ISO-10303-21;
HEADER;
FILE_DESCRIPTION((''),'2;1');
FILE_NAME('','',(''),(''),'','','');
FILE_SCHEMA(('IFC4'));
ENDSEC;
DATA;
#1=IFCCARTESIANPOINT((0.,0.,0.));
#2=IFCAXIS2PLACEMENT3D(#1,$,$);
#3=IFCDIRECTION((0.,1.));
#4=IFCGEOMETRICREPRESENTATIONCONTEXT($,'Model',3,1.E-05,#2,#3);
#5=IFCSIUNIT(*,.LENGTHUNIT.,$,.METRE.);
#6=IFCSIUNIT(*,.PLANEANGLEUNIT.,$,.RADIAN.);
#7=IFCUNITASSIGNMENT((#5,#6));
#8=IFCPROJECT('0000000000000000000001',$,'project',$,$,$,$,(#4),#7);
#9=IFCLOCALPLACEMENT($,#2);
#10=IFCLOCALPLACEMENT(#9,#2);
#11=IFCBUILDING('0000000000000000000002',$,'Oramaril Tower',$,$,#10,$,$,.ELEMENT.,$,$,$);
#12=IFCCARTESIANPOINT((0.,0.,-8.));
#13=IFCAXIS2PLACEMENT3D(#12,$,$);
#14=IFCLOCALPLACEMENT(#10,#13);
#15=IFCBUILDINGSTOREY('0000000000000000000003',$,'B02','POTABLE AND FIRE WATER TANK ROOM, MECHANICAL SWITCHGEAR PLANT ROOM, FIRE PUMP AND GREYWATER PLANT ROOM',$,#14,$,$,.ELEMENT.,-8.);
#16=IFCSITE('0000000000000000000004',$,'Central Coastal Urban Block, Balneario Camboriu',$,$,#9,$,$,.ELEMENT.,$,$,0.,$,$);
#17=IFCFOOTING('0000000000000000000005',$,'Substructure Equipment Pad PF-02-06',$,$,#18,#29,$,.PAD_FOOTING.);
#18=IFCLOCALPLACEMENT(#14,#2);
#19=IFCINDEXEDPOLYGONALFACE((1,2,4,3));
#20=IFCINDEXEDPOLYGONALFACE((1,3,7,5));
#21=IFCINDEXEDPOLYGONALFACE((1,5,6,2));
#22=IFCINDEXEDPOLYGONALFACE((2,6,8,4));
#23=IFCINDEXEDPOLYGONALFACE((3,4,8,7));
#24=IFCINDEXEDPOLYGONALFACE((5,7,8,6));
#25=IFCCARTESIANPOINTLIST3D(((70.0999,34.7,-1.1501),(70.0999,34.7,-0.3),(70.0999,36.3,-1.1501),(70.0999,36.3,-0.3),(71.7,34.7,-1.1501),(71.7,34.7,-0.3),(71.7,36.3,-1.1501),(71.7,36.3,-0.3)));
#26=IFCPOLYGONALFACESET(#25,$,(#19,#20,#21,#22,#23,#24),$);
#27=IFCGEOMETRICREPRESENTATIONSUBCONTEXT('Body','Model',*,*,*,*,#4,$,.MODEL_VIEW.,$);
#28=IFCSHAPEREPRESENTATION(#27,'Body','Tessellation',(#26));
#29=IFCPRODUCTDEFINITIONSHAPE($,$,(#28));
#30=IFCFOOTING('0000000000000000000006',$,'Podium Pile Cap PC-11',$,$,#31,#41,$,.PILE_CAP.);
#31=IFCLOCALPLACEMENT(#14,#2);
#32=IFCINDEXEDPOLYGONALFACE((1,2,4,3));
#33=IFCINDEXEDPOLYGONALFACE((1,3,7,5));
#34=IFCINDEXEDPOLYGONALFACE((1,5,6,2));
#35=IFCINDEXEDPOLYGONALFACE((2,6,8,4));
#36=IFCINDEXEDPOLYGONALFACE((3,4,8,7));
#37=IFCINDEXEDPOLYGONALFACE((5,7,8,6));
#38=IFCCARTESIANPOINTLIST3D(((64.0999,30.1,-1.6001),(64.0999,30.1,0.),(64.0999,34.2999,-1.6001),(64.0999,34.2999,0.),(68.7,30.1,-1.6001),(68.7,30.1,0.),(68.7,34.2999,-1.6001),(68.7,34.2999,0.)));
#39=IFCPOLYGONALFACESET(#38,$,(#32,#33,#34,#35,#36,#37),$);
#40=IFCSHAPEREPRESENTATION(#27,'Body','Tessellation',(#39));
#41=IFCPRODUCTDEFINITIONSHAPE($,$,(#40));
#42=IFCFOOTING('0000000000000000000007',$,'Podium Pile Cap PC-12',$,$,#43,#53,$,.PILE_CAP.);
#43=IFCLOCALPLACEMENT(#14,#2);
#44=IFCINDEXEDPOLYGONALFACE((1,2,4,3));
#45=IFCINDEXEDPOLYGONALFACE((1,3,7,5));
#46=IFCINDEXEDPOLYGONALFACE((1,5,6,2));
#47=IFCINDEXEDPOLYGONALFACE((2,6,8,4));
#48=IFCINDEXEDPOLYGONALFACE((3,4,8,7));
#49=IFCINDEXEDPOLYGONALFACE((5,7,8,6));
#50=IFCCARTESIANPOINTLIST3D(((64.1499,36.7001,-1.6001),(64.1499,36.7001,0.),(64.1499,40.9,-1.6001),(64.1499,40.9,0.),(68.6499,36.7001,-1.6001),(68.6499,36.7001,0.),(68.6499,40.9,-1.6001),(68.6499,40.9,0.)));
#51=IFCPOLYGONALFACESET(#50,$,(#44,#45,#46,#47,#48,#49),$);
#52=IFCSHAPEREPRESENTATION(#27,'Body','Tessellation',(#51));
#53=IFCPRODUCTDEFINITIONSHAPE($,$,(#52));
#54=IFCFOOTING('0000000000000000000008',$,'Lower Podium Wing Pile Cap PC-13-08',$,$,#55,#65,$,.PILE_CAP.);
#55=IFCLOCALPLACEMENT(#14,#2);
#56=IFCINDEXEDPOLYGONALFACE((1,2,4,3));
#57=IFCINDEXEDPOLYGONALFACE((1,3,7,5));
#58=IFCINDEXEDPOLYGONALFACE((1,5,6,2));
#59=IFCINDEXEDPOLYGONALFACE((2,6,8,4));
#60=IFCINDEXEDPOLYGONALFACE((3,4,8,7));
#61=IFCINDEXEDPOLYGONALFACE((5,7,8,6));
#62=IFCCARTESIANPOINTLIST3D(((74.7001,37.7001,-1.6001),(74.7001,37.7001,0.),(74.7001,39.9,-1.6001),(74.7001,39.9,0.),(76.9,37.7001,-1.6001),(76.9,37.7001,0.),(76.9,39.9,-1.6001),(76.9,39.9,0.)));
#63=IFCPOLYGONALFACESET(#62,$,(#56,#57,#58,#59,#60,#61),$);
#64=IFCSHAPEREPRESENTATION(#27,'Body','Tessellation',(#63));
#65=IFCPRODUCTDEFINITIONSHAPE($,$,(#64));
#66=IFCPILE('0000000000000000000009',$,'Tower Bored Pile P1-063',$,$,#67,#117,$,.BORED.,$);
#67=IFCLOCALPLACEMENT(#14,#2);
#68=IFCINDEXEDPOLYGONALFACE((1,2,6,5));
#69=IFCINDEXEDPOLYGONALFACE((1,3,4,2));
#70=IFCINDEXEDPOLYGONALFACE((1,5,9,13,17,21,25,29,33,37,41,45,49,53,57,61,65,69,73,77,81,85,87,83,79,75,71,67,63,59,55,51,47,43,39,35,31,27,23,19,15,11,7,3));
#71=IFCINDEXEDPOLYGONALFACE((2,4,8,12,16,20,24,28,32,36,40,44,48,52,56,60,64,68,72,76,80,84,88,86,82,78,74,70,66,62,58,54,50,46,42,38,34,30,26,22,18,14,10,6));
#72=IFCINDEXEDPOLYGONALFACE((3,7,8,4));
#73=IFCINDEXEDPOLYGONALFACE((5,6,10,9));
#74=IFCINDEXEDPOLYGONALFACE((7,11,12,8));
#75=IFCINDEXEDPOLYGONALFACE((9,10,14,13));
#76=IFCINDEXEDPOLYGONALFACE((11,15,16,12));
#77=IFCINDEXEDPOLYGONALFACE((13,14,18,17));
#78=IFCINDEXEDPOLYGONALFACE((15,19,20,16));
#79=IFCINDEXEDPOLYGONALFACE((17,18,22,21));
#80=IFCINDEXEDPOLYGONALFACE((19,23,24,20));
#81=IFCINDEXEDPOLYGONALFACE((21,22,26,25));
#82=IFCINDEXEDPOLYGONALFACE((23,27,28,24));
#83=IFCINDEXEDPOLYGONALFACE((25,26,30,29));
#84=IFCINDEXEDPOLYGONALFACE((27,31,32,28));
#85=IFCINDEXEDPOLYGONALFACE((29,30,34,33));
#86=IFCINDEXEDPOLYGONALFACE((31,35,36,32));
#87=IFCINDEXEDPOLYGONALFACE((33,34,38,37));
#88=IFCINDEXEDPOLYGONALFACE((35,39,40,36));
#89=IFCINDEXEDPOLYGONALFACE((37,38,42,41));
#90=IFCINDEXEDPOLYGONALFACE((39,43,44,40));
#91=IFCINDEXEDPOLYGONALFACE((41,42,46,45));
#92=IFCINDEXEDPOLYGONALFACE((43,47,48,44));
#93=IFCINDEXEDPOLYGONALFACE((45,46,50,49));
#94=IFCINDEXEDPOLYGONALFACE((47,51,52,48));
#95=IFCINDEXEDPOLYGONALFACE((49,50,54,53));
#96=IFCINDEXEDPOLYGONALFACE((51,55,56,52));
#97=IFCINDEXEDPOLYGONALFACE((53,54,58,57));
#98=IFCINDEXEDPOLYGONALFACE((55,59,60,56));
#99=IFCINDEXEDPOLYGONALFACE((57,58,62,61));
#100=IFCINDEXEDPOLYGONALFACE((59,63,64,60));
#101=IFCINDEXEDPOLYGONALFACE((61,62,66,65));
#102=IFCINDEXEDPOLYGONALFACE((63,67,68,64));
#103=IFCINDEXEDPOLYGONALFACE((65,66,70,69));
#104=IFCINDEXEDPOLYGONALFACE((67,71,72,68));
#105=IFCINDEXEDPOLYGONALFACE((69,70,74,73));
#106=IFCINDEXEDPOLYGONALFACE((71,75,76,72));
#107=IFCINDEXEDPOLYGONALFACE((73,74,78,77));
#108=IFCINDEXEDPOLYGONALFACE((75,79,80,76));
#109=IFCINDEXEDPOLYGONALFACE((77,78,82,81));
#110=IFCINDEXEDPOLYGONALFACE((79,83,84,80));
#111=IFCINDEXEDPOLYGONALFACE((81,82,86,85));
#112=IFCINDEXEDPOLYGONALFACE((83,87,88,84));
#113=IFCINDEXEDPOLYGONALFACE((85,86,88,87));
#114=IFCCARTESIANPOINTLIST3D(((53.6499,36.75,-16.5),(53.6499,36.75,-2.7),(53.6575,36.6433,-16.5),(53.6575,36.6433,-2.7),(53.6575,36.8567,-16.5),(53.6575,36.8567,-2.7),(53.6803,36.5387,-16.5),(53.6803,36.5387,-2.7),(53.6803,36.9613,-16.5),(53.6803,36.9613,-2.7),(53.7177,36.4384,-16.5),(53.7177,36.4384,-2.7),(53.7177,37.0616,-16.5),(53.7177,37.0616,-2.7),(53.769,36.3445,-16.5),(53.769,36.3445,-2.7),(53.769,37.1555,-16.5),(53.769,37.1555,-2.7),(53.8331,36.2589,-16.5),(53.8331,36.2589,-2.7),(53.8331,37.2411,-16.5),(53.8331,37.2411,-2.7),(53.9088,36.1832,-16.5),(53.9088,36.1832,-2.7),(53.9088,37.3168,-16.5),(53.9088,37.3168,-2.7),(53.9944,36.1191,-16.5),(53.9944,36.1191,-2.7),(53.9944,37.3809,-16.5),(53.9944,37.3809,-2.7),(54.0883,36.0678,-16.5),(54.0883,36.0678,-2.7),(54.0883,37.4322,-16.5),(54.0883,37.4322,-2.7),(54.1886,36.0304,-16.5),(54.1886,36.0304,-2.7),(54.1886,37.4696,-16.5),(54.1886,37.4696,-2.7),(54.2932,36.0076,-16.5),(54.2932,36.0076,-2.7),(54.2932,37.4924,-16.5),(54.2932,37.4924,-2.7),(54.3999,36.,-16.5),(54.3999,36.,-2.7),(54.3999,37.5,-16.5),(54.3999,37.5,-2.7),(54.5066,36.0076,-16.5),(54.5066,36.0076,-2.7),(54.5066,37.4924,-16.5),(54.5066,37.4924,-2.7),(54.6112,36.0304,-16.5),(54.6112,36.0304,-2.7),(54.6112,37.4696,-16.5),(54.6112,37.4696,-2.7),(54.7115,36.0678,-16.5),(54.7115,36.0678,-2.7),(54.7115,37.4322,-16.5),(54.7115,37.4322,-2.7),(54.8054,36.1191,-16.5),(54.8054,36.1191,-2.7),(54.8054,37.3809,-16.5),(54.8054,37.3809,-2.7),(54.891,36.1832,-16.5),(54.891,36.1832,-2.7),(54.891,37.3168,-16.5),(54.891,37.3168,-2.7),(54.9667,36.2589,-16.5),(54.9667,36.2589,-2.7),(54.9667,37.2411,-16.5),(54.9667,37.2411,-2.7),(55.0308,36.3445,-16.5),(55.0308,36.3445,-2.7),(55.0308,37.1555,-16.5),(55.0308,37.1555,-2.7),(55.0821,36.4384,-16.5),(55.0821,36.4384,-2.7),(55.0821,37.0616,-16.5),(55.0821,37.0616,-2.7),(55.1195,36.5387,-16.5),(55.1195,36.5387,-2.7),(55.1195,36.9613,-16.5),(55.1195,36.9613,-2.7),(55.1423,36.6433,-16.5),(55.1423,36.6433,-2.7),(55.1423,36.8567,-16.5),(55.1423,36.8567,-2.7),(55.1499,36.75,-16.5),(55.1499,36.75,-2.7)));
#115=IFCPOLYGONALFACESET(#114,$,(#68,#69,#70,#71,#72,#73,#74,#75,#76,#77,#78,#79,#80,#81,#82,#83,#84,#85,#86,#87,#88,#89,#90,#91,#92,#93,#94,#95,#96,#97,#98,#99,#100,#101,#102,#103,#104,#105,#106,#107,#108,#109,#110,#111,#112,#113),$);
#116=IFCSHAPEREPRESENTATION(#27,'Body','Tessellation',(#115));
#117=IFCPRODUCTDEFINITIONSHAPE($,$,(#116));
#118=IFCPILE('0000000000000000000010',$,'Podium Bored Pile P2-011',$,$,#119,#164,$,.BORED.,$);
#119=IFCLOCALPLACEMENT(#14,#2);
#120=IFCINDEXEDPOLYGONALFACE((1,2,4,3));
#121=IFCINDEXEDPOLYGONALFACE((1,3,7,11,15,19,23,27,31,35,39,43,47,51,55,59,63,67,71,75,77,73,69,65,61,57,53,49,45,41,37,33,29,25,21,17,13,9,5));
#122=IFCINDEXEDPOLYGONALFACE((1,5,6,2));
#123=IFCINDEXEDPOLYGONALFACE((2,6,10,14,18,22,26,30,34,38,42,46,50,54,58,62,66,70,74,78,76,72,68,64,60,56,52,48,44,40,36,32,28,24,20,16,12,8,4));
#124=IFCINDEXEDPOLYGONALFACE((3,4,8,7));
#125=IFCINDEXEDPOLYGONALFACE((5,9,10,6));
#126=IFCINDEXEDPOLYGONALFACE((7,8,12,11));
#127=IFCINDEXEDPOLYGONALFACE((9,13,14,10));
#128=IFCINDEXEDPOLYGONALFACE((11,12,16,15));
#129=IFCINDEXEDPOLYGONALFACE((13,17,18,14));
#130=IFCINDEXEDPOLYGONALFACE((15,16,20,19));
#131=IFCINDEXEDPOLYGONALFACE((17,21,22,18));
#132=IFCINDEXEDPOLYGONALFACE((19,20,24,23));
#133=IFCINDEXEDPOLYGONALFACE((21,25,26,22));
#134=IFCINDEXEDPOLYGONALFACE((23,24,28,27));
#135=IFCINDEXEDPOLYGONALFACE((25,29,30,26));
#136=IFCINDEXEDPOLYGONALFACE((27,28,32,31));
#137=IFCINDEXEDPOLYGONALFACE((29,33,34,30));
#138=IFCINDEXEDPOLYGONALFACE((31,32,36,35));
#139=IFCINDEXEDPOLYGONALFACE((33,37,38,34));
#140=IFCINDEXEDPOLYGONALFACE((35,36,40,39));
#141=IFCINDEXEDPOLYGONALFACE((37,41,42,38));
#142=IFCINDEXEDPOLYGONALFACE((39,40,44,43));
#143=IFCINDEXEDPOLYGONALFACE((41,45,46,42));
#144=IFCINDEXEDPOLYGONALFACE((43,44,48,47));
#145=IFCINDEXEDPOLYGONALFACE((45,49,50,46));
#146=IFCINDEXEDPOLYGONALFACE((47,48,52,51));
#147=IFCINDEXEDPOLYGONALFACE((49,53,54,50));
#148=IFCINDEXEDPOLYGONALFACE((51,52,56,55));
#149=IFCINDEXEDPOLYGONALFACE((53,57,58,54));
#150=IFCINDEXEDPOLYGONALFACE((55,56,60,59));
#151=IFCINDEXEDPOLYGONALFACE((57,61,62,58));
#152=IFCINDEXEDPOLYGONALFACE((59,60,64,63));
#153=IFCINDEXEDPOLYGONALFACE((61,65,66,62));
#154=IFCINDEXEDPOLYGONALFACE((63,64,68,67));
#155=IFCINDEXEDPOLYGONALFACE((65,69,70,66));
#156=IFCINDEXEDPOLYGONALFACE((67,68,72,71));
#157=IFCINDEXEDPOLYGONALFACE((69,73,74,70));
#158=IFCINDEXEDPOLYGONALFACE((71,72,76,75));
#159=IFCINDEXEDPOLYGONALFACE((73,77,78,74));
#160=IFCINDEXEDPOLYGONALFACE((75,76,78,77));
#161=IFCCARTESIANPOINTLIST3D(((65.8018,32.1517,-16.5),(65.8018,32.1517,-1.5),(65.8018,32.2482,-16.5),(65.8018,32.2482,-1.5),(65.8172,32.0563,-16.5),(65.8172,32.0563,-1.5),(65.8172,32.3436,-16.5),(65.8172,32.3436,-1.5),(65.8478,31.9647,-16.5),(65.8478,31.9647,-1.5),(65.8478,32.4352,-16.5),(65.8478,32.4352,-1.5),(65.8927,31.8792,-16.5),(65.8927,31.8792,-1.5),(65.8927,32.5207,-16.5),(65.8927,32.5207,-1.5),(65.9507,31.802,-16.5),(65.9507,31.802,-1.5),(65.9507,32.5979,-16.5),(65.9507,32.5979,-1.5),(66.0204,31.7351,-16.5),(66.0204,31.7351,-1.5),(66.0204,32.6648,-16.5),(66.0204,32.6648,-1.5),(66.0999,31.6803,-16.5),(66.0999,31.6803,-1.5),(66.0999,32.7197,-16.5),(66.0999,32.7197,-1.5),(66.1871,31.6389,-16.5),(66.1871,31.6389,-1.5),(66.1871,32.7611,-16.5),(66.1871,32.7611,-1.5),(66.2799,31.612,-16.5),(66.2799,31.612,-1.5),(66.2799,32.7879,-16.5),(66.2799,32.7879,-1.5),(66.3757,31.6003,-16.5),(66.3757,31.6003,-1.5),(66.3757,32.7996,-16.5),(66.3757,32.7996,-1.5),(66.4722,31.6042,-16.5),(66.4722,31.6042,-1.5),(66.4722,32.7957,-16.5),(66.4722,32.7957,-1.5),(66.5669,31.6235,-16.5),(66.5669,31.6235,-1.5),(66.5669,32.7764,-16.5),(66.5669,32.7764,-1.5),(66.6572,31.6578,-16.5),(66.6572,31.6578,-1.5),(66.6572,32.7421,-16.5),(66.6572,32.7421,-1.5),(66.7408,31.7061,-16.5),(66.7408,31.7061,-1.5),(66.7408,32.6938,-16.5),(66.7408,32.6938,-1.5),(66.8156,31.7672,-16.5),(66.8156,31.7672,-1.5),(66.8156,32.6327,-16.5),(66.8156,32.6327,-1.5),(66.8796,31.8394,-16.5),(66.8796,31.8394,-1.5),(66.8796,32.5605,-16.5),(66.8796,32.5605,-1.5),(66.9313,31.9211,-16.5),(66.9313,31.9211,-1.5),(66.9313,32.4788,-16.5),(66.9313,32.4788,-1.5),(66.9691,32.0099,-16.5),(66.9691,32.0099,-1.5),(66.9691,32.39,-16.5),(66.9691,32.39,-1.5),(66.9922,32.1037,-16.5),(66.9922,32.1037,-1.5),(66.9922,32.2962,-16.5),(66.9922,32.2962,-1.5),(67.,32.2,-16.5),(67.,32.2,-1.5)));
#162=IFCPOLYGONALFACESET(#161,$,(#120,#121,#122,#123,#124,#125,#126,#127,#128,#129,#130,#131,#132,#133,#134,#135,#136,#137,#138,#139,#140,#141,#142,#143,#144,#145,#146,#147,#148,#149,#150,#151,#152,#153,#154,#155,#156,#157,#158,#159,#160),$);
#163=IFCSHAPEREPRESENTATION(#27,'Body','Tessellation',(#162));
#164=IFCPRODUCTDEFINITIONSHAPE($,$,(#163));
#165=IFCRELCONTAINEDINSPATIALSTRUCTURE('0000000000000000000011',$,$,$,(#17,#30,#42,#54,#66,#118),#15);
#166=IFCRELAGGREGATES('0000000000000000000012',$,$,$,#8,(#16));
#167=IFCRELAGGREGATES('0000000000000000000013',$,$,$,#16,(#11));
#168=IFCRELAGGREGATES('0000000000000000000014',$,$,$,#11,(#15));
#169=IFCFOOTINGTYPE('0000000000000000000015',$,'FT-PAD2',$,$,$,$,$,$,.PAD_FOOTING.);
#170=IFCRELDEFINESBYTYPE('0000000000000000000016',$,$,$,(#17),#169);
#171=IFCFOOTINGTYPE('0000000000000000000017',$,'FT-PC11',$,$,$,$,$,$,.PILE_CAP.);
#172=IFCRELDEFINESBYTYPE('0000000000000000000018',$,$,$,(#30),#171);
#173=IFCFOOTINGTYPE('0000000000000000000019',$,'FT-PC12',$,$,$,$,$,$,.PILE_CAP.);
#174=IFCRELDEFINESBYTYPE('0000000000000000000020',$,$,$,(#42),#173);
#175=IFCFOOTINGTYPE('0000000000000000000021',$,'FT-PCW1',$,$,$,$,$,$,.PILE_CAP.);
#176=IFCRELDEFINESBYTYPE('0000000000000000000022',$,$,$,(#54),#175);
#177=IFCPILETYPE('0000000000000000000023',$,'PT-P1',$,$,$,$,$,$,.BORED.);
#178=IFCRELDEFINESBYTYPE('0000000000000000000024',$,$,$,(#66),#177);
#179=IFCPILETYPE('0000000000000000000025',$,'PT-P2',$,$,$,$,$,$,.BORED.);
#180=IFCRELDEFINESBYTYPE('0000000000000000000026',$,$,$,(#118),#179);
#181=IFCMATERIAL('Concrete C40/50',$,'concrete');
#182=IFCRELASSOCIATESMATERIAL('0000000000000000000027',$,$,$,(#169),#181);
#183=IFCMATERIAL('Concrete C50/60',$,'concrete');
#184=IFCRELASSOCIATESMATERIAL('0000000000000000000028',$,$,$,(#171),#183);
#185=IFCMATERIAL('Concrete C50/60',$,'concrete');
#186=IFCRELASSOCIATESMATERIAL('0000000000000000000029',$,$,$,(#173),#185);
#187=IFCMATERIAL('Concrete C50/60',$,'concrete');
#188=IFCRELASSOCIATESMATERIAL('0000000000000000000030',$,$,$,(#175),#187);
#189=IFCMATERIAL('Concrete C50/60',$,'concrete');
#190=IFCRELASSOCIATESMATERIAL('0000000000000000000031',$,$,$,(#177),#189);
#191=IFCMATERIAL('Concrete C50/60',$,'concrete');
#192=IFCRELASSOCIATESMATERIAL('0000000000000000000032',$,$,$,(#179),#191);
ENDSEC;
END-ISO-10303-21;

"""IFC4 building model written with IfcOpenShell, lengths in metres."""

from ifc_helpers import new_model, si_unit, direction, frame, origin, origin_2d, place, context, subcontext, project, spatial, rectangle, circle, extrude, material, material_profile, profile_set, type_object, element, save


model = new_model("IFC4")

# Units and contexts
model_context = context("Model", 3, precision=1e-05, world=origin(), true_north=direction((0.0, 1.0)))
body_context = subcontext(model_context, "Body", "Model", "MODEL_VIEW")
ifc_project = project(units=[si_unit("LENGTHUNIT", "METRE"), si_unit("PLANEANGLEUNIT", "RADIAN")], contexts=[model_context])

# Site, building, storey
site_placement = place(None, origin())
site = spatial("IfcSite", under=ifc_project, at=site_placement, Name="Central Coastal Urban Block, Balneario Camboriu", CompositionType="ELEMENT", RefElevation=0.0)
building_placement = place(site_placement, origin())
building = spatial("IfcBuilding", under=site, at=building_placement, Name="Oramaril Tower", CompositionType="ELEMENT")
storey_placement = place(building_placement, frame((0.0, 0.0, -8.0)))
storey = spatial("IfcBuildingStorey", under=building, at=storey_placement, Name="B02", Description="POTABLE AND FIRE WATER TANK ROOM, MECHANICAL SWITCHGEAR PLANT ROOM, FIRE PUMP AND GREYWATER PLANT ROOM", CompositionType="ELEMENT", Elevation=-8.0)

# Footings
ifc_material_1 = material(Name="Concrete C40/50", Category="concrete")
footing_type_1 = type_object("IfcFootingType", Name="FT-PAD2", PredefinedType="PAD_FOOTING", material=ifc_material_1)
footing_1_placement = place(storey_placement, frame((70.8999, 35.5, -1.1501), z_axis=(0.0, 0.0, 1.0), x_axis=(1.0, 0.0, 0.0)))
element("IfcFooting", 1, at=footing_1_placement, inside=storey, type_object=footing_type_1, Name="Substructure Equipment Pad PF-02-06", PredefinedType="PAD_FOOTING", context=body_context, shape_type="SweptSolid", body=[
    extrude(rectangle(XDim=1.6001, YDim=1.6001, at=origin_2d()), origin(), (0.0, 0.0, 1.0), 0.8501),
])
ifc_material_2 = material(Name="Concrete C50/60", Category="concrete")
footing_type_2 = type_object("IfcFootingType", Name="FT-PC11", PredefinedType="PILE_CAP", material=ifc_material_2)
footing_2_placement = place(storey_placement, frame((66.3999, 32.2, -1.6001), z_axis=(0.0, 0.0, 1.0), x_axis=(1.0, 0.0, 0.0)))
element("IfcFooting", 2, at=footing_2_placement, inside=storey, type_object=footing_type_2, Name="Podium Pile Cap PC-11", PredefinedType="PILE_CAP", context=body_context, shape_type="SweptSolid", body=[
    extrude(rectangle(XDim=4.6001, YDim=4.2, at=origin_2d()), origin(), (0.0, 0.0, 1.0), 1.6001),
])
ifc_material_3 = material(Name="Concrete C50/60", Category="concrete")
footing_type_3 = type_object("IfcFootingType", Name="FT-PC12", PredefinedType="PILE_CAP", material=ifc_material_3)
footing_3_placement = place(storey_placement, frame((66.3999, 38.8, -1.6001), z_axis=(0.0, 0.0, 1.0), x_axis=(1.0, 0.0, 0.0)))
element("IfcFooting", 3, at=footing_3_placement, inside=storey, type_object=footing_type_3, Name="Podium Pile Cap PC-12", PredefinedType="PILE_CAP", context=body_context, shape_type="SweptSolid", body=[
    extrude(rectangle(XDim=4.5, YDim=4.2, at=origin_2d()), origin(), (0.0, 0.0, 1.0), 1.6001),
])
ifc_material_4 = material(Name="Concrete C50/60", Category="concrete")
footing_type_4 = type_object("IfcFootingType", Name="FT-PCW1", PredefinedType="PILE_CAP", material=ifc_material_4)
footing_4_placement = place(storey_placement, frame((75.8, 38.8, -1.6001), z_axis=(0.0, 0.0, 1.0), x_axis=(1.0, 0.0, 0.0)))
element("IfcFooting", 4, at=footing_4_placement, inside=storey, type_object=footing_type_4, Name="Lower Podium Wing Pile Cap PC-13-08", PredefinedType="PILE_CAP", context=body_context, shape_type="SweptSolid", body=[
    extrude(rectangle(XDim=2.2, YDim=2.2, at=origin_2d()), origin(), (0.0, 0.0, 1.0), 1.6001),
])

# Piles
ifc_material_5 = material(Name="Concrete C50/60", Category="concrete")
ifc_material_profile_1 = material_profile(ifc_material_5, circle(Radius=0.75, at=origin_2d()), Name="D1500")
ifc_profile_set_1 = profile_set([ifc_material_profile_1], Name="Concrete C50/60")
pile_type_1 = type_object("IfcPileType", Name="PT-P1", PredefinedType="BORED", material=ifc_profile_set_1)
pile_placement = place(storey_placement, frame((54.3999, 36.75, -2.7), z_axis=(0.0, 0.0, -1.0), x_axis=(1.0, 0.0, 0.0)))
element("IfcPile", 5, at=pile_placement, inside=storey, type_object=pile_type_1, Name="Tower Bored Pile P1-063", PredefinedType="BORED", context=body_context, shape_type="SweptSolid", body=[
    extrude(circle(Radius=0.75, at=origin_2d()), origin(), (0.0, 0.0, 1.0), 13.8),
])
ifc_material_6 = material(Name="Concrete C50/60", Category="concrete")
ifc_material_profile_2 = material_profile(ifc_material_6, circle(Radius=0.6001, at=origin_2d()), Name="D1200")
ifc_profile_set_2 = profile_set([ifc_material_profile_2], Name="Concrete C50/60")
pile_type_2 = type_object("IfcPileType", Name="PT-P2", PredefinedType="BORED", material=ifc_profile_set_2)
for number, where, z_axis, x_axis, name in (
    (6, (66.3999, 32.2, -1.5), (0.0, 0.0, -1.0), (1.0, 0.0, 0.0), "Podium Bored Pile P2-011"),
):
    element("IfcPile", number, at=place(storey_placement, frame(where, z_axis=z_axis, x_axis=x_axis)), inside=storey, type_object=pile_type_2, Name=name, PredefinedType="BORED", context=body_context, shape_type="SweptSolid", body=[
        extrude(circle(Radius=0.6001, at=origin_2d()), origin(), (0.0, 0.0, 1.0), 15.0),
    ])

save(model, "model.ifc")
